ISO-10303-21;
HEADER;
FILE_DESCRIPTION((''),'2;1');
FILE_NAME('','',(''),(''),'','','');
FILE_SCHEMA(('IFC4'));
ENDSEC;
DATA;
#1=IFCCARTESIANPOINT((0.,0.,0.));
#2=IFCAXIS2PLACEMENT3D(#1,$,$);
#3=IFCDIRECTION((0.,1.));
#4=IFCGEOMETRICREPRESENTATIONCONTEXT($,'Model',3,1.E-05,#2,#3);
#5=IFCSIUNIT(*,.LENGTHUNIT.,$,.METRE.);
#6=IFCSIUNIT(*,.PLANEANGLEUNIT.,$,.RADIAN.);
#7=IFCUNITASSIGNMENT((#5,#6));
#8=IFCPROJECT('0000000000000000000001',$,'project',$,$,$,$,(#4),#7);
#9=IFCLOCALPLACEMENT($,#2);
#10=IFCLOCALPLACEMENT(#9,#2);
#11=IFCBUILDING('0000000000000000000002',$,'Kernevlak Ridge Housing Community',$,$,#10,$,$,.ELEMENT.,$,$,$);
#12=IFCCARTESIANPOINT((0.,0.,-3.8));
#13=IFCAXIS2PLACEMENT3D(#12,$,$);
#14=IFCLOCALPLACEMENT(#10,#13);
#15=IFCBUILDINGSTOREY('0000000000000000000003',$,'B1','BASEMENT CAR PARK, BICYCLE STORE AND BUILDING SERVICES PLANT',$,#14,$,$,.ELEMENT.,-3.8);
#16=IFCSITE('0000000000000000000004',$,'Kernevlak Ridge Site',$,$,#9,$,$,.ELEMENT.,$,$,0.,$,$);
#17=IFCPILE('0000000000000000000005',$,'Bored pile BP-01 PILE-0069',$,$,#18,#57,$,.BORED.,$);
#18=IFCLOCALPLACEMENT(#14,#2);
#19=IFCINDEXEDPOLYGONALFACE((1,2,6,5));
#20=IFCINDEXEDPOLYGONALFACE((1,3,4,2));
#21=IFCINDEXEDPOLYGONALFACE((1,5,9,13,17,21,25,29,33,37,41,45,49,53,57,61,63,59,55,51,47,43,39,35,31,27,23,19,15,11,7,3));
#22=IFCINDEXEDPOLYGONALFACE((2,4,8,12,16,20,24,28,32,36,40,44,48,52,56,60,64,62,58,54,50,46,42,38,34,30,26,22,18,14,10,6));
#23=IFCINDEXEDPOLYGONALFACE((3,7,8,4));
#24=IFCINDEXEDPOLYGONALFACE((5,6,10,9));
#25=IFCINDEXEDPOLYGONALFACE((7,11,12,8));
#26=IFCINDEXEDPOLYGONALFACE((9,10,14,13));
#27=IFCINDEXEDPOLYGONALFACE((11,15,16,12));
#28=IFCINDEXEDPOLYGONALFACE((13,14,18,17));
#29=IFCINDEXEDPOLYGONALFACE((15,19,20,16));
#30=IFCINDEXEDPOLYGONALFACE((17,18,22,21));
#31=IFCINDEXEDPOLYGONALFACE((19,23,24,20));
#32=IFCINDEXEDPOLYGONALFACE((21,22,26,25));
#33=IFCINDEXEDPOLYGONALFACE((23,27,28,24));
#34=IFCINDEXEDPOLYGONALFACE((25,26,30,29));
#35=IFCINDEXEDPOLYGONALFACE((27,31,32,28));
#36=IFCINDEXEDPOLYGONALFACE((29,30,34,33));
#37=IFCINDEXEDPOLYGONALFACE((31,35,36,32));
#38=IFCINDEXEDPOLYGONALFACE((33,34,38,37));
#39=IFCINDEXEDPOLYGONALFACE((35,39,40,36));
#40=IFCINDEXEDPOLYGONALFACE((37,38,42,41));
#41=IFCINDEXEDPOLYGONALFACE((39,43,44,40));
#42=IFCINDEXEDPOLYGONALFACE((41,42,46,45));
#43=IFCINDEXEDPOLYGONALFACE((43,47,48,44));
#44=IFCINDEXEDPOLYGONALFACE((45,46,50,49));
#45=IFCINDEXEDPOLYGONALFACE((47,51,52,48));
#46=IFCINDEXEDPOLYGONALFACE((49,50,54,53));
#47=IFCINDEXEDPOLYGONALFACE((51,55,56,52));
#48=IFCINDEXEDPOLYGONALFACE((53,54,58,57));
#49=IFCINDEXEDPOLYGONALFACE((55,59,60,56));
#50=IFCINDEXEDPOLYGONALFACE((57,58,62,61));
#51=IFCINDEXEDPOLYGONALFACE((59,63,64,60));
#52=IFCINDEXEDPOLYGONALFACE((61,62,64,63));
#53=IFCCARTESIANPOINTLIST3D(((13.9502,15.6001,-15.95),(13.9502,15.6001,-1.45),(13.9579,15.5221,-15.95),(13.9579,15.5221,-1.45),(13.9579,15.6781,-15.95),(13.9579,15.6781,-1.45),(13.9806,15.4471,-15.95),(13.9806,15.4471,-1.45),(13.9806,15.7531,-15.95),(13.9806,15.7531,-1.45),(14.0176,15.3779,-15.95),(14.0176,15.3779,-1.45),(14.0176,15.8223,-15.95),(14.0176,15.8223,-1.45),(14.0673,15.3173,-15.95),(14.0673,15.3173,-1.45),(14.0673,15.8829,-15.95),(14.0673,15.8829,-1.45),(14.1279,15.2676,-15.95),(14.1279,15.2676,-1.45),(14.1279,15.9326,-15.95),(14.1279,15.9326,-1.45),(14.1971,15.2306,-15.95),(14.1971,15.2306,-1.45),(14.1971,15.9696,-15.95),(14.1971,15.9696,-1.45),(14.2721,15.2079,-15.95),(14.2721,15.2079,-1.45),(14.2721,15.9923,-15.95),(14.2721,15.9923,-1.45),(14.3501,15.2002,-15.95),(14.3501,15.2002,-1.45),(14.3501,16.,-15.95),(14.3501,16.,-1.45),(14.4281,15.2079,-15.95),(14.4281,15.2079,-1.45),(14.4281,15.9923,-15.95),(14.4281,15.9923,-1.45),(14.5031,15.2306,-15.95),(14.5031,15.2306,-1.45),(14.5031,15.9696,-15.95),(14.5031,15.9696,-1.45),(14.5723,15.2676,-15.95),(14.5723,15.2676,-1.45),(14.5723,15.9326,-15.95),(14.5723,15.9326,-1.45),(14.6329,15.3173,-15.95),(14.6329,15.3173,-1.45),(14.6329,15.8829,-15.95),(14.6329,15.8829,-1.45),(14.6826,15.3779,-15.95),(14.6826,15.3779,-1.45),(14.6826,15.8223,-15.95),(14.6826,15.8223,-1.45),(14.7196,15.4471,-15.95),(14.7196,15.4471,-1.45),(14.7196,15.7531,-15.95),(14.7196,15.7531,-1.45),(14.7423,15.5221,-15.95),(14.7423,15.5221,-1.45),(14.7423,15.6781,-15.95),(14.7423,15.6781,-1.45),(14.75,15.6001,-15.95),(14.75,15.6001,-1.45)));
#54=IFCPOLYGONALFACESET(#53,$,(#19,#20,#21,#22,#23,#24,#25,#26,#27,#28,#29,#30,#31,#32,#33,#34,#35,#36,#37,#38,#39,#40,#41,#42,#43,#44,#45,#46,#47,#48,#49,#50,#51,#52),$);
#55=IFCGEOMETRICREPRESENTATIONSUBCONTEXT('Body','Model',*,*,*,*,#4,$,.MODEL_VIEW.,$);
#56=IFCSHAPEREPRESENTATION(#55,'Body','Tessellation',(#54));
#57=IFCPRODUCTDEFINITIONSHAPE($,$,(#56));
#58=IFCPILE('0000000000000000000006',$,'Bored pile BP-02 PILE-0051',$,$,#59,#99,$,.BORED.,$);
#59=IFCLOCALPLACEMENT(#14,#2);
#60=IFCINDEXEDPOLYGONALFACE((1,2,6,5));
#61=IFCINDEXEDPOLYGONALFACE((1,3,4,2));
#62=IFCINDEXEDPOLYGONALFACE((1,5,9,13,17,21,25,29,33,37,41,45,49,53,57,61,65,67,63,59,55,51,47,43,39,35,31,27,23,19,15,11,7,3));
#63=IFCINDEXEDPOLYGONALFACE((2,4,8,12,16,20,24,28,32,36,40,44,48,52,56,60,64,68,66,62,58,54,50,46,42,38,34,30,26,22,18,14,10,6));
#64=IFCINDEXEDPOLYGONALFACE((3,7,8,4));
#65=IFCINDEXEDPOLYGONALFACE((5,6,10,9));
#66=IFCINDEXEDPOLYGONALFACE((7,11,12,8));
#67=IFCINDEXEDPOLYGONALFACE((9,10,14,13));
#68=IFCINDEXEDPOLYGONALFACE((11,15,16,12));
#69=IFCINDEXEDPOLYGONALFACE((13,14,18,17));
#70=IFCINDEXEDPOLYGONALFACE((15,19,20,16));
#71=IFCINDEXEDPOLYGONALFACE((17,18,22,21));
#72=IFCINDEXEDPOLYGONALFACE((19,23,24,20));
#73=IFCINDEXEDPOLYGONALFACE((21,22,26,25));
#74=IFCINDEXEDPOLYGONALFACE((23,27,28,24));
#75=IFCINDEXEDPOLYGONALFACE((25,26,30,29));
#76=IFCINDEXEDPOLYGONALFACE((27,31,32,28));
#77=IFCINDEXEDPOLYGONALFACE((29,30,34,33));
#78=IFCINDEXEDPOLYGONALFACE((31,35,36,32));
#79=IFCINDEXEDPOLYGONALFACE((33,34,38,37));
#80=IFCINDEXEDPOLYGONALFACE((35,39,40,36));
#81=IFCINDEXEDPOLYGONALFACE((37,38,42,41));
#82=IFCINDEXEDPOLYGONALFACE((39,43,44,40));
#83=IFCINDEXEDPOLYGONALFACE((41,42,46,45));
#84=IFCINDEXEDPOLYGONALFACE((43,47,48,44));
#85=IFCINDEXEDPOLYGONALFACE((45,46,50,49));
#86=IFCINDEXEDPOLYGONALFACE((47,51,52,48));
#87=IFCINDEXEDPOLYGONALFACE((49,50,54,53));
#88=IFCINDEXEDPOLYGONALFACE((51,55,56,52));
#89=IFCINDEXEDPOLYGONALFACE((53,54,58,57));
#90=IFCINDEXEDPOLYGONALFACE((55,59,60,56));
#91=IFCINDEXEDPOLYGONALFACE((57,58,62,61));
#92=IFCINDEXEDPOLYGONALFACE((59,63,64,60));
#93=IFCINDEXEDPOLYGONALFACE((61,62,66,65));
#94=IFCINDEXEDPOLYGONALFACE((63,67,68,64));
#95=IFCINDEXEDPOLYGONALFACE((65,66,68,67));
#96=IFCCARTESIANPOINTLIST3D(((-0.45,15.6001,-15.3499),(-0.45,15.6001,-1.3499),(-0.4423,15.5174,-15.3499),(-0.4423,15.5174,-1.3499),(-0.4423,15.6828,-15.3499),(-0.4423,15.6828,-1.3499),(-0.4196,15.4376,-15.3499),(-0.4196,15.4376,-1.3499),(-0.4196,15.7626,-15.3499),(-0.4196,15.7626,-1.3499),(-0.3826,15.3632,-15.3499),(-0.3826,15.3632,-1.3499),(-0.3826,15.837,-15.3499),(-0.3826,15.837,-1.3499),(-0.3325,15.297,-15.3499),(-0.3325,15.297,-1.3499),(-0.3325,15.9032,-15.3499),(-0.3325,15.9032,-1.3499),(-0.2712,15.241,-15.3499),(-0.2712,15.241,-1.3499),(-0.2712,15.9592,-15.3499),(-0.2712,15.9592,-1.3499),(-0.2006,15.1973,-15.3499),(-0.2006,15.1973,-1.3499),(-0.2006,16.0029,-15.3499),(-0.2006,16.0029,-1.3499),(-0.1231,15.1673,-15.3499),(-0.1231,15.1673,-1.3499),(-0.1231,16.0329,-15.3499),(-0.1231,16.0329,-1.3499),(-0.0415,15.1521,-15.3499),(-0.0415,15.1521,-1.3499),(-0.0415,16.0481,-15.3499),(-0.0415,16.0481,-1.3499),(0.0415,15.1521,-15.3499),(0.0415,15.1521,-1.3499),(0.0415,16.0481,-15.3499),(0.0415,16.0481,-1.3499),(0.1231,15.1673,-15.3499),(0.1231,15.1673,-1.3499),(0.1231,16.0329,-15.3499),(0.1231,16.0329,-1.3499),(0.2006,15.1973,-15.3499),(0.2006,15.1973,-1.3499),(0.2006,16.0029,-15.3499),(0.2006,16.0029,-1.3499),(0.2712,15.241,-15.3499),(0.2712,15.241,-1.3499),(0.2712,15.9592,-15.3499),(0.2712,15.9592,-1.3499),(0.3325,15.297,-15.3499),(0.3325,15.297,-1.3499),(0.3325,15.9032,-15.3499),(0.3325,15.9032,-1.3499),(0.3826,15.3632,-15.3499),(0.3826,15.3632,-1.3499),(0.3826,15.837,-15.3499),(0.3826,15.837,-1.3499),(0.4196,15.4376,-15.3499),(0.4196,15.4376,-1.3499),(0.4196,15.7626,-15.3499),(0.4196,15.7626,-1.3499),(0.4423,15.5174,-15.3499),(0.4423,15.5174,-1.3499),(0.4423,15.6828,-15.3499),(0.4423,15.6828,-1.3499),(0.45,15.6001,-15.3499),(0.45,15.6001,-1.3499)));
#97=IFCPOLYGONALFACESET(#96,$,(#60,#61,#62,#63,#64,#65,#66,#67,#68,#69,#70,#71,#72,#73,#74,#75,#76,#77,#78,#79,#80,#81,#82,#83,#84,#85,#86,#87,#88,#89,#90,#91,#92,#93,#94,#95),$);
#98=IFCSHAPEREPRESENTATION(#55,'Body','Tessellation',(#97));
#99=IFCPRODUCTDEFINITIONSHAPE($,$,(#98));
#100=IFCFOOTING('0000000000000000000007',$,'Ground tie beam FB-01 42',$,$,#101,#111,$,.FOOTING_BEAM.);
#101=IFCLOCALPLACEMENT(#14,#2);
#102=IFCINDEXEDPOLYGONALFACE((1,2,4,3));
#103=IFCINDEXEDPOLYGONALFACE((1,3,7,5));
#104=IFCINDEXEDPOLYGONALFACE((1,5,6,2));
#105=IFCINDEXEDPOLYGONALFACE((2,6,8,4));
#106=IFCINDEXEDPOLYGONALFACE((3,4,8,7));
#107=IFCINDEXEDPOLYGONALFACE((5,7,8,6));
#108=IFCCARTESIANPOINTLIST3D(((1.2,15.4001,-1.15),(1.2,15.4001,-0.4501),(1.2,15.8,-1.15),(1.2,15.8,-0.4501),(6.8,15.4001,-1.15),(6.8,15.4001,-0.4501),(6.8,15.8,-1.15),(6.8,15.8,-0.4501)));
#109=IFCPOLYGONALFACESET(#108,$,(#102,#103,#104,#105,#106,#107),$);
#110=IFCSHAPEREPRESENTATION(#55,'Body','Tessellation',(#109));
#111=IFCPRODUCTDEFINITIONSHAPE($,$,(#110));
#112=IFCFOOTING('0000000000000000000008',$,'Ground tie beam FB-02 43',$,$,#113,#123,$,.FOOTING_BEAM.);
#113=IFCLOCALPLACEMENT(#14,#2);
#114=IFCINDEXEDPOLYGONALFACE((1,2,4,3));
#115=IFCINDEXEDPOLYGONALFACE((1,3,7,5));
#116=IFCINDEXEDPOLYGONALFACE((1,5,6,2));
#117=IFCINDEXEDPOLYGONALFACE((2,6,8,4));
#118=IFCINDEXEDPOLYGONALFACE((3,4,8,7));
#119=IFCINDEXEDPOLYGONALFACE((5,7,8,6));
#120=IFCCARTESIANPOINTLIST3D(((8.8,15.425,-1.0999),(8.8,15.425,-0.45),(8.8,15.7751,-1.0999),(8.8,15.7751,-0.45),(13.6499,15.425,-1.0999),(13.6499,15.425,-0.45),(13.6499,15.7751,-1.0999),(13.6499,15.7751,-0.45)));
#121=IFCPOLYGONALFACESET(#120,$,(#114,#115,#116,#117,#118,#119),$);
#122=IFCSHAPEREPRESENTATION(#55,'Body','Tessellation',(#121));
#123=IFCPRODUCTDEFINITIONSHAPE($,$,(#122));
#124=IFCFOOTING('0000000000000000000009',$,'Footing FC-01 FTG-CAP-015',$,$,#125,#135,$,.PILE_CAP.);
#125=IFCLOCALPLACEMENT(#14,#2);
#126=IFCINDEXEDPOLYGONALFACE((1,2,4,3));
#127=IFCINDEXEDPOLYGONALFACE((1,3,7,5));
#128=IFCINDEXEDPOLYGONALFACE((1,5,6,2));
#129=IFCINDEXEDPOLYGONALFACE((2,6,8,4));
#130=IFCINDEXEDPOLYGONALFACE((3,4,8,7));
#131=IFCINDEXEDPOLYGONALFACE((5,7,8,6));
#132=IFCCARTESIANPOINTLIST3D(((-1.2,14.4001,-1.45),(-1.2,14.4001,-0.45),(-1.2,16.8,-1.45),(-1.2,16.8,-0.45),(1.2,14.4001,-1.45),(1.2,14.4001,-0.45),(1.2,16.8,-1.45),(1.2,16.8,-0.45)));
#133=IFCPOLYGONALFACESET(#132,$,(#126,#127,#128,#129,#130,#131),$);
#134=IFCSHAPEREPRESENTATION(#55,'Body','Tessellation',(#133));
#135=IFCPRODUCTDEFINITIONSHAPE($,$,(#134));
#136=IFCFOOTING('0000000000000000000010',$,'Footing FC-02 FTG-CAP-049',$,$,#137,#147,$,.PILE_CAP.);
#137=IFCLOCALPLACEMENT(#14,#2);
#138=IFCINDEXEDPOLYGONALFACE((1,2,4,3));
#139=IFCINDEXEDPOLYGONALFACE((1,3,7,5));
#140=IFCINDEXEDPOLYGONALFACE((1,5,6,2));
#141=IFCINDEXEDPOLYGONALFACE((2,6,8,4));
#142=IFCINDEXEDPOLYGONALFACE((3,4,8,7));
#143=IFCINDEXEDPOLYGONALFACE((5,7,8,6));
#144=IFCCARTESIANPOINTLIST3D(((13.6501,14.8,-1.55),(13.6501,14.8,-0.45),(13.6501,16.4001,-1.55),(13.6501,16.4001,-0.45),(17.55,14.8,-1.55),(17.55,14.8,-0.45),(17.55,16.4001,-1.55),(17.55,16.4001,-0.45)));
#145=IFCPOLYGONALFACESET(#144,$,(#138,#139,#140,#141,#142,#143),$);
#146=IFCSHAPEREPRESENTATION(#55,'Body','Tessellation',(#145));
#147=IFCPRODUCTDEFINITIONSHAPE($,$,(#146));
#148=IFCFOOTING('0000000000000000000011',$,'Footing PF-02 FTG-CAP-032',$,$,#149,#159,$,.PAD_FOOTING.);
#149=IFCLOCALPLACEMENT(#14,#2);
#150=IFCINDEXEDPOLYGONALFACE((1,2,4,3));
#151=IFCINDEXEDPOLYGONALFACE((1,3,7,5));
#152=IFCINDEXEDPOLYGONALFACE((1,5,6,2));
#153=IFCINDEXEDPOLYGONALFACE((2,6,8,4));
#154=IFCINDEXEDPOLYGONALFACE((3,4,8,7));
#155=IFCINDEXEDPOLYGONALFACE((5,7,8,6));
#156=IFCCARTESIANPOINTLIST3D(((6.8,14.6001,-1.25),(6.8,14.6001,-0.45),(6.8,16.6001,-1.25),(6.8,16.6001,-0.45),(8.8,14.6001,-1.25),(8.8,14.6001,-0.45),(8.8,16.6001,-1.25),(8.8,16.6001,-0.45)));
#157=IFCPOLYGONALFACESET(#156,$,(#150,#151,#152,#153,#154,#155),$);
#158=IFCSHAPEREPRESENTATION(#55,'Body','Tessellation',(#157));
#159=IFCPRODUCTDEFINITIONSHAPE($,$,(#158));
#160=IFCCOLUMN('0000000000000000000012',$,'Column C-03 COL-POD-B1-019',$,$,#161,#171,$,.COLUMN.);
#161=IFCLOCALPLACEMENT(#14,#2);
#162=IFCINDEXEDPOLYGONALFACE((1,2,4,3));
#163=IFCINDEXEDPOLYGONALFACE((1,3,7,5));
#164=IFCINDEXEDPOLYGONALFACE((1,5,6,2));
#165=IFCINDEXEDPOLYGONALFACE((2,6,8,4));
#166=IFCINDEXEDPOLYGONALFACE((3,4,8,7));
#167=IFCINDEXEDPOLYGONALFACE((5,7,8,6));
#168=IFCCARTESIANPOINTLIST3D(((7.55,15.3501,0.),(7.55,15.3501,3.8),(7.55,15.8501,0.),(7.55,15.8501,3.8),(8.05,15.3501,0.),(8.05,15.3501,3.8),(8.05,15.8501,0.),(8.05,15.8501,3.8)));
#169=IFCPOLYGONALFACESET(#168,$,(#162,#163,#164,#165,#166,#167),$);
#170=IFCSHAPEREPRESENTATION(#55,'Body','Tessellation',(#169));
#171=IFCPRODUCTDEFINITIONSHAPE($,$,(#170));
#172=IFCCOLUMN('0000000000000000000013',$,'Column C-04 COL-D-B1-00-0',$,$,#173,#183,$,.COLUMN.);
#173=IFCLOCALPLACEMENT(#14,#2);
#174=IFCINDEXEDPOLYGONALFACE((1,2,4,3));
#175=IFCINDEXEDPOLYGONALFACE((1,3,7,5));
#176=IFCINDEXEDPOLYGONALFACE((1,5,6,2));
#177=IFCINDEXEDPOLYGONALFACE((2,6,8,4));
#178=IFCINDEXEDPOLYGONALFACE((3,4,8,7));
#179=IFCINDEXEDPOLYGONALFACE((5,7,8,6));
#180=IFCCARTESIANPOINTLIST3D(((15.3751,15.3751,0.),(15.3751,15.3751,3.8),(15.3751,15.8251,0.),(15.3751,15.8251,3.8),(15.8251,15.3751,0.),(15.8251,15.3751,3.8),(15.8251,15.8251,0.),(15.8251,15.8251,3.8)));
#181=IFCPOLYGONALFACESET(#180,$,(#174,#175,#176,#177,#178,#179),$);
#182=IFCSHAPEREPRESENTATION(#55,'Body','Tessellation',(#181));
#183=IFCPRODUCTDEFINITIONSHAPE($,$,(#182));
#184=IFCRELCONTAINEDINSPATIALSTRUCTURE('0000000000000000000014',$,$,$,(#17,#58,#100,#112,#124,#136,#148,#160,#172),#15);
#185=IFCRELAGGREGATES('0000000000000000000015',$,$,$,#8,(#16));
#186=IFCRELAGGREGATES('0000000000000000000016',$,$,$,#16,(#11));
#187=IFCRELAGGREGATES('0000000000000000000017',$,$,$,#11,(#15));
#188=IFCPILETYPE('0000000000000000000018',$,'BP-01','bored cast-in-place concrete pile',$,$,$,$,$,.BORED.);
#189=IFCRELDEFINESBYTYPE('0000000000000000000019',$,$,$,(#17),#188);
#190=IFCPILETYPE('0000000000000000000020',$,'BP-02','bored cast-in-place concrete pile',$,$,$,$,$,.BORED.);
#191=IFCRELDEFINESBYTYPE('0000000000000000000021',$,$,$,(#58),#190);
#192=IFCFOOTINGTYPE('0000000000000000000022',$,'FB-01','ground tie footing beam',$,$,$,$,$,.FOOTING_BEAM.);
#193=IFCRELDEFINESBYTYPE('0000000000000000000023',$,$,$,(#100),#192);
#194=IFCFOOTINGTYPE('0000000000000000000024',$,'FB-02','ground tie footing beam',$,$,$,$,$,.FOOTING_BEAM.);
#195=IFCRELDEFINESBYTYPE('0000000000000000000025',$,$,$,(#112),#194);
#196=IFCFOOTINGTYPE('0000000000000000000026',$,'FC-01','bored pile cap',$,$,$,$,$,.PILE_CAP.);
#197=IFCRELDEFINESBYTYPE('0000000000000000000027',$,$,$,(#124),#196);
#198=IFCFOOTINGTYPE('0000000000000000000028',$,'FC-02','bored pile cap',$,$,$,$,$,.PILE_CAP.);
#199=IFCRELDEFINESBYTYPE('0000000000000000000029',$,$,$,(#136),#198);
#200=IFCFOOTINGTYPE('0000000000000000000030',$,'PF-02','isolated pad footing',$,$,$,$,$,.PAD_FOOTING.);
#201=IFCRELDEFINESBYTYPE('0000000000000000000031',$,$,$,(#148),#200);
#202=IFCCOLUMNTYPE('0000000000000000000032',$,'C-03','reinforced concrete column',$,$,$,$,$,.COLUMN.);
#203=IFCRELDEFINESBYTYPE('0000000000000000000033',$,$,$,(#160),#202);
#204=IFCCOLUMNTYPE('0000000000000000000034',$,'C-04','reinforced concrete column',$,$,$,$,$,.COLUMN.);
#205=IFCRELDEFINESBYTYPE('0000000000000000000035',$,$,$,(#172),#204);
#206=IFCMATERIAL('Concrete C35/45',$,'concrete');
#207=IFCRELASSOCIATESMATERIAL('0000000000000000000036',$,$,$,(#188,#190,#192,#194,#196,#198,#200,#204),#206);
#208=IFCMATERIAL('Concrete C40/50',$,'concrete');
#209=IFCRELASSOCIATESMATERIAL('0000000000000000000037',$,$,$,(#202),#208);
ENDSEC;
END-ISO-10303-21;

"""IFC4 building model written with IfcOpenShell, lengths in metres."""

from ifc_helpers import new_model, si_unit, direction, frame, origin, origin_2d, place, context, subcontext, project, spatial, rectangle, circle, extrude, material, material_profile, profile_set, type_object, element, save


model = new_model("IFC4")

# Units and contexts
model_context = context("Model", 3, precision=1e-05, world=origin(), true_north=direction((0.0, 1.0)))
body_context = subcontext(model_context, "Body", "Model", "MODEL_VIEW")
ifc_project = project(units=[si_unit("LENGTHUNIT", "METRE"), si_unit("PLANEANGLEUNIT", "RADIAN")], contexts=[model_context])

# Site, building, storey
site_placement = place(None, origin())
site = spatial("IfcSite", under=ifc_project, at=site_placement, Name="Kernevlak Ridge Site", CompositionType="ELEMENT", RefElevation=0.0)
building_placement = place(site_placement, origin())
building = spatial("IfcBuilding", under=site, at=building_placement, Name="Kernevlak Ridge Housing Community", CompositionType="ELEMENT")
storey_placement = place(building_placement, frame((0.0, 0.0, -3.8)))
storey = spatial("IfcBuildingStorey", under=building, at=storey_placement, Name="B1", Description="BASEMENT CAR PARK, BICYCLE STORE AND BUILDING SERVICES PLANT", CompositionType="ELEMENT", Elevation=-3.8)

# Piles
ifc_material_1 = material(Name="Concrete C35/45", Category="concrete")
ifc_material_profile_1 = material_profile(ifc_material_1, circle(Radius=0.3999, at=origin_2d()), Name="BORED PILE 800")
ifc_profile_set_1 = profile_set([ifc_material_profile_1], Name="Concrete C35/45")
pile_type_1 = type_object("IfcPileType", Name="BP-01", Description="bored cast-in-place concrete pile", PredefinedType="BORED", material=ifc_profile_set_1)
pile_1_placement = place(storey_placement, frame((14.3501, 15.6001, -1.45), z_axis=(0.0, 0.0, -1.0), x_axis=(1.0, 0.0, 0.0)))
element("IfcPile", 1, at=pile_1_placement, inside=storey, type_object=pile_type_1, Name="Bored pile BP-01 PILE-0069", PredefinedType="BORED", context=body_context, shape_type="SweptSolid", body=[
    extrude(circle(Radius=0.3999, at=origin_2d()), origin(), (0.0, 0.0, 1.0), 14.5),
])
ifc_material_profile_2 = material_profile(ifc_material_1, circle(Radius=0.45, at=origin_2d()), Name="BORED PILE 900")
ifc_profile_set_2 = profile_set([ifc_material_profile_2], Name="Concrete C35/45")
pile_type_2 = type_object("IfcPileType", Name="BP-02", Description="bored cast-in-place concrete pile", PredefinedType="BORED", material=ifc_profile_set_2)
pile_2_placement = place(storey_placement, frame((0.0, 15.6001, -1.3499), z_axis=(0.0, 0.0, -1.0), x_axis=(1.0, 0.0, 0.0)))
element("IfcPile", 2, at=pile_2_placement, inside=storey, type_object=pile_type_2, Name="Bored pile BP-02 PILE-0051", PredefinedType="BORED", context=body_context, shape_type="SweptSolid", body=[
    extrude(circle(Radius=0.45, at=origin_2d()), origin(), (0.0, 0.0, 1.0), 14.0),
])

# Footings
ifc_material_profile_3 = material_profile(ifc_material_1, rectangle(XDim=0.3999, YDim=0.7, at=origin_2d()), Name="RC 400x700")
ifc_profile_set_3 = profile_set([ifc_material_profile_3], Name="Concrete C35/45")
footing_type_1 = type_object("IfcFootingType", Name="FB-01", Description="ground tie footing beam", PredefinedType="FOOTING_BEAM", material=ifc_profile_set_3)
footing_1_placement = place(storey_placement, frame((1.2, 15.6001, -0.8), z_axis=(1.0, 0.0, 0.0), x_axis=(0.0, 1.0, 0.0)))
element("IfcFooting", 3, at=footing_1_placement, inside=storey, type_object=footing_type_1, Name="Ground tie beam FB-01 42", PredefinedType="FOOTING_BEAM", context=body_context, shape_type="SweptSolid", body=[
    extrude(rectangle(XDim=0.3999, YDim=0.7, at=origin_2d()), origin(), (0.0, 0.0, 1.0), 5.6001),
])
ifc_material_profile_4 = material_profile(ifc_material_1, rectangle(XDim=0.3501, YDim=0.6499, at=origin_2d()), Name="RC 350x650")
ifc_profile_set_4 = profile_set([ifc_material_profile_4], Name="Concrete C35/45")
footing_type_2 = type_object("IfcFootingType", Name="FB-02", Description="ground tie footing beam", PredefinedType="FOOTING_BEAM", material=ifc_profile_set_4)
footing_2_placement = place(storey_placement, frame((8.8, 15.6001, -0.7749), z_axis=(1.0, 0.0, 0.0), x_axis=(0.0, 1.0, 0.0)))
element("IfcFooting", 4, at=footing_2_placement, inside=storey, type_object=footing_type_2, Name="Ground tie beam FB-02 43", PredefinedType="FOOTING_BEAM", context=body_context, shape_type="SweptSolid", body=[
    extrude(rectangle(XDim=0.3501, YDim=0.6499, at=origin_2d()), origin(), (0.0, 0.0, 1.0), 4.8499),
])
footing_type_3 = type_object("IfcFootingType", Name="FC-01", Description="bored pile cap", PredefinedType="PILE_CAP", material=ifc_material_1)
footing_3_placement = place(storey_placement, frame((0.0, 15.6001, -1.45), z_axis=(0.0, 0.0, 1.0), x_axis=(1.0, 0.0, 0.0)))
element("IfcFooting", 5, at=footing_3_placement, inside=storey, type_object=footing_type_3, Name="Footing FC-01 FTG-CAP-015", PredefinedType="PILE_CAP", context=body_context, shape_type="SweptSolid", body=[
    extrude(rectangle(XDim=2.3999, YDim=2.3999, at=origin_2d()), origin(), (0.0, 0.0, 1.0), 1.0),
])
footing_type_4 = type_object("IfcFootingType", Name="FC-02", Description="bored pile cap", PredefinedType="PILE_CAP", material=ifc_material_1)
footing_4_placement = place(storey_placement, frame((15.6001, 15.6001, -1.55), z_axis=(0.0, 0.0, 1.0), x_axis=(1.0, 0.0, 0.0)))
element("IfcFooting", 6, at=footing_4_placement, inside=storey, type_object=footing_type_4, Name="Footing FC-02 FTG-CAP-049", PredefinedType="PILE_CAP", context=body_context, shape_type="SweptSolid", body=[
    extrude(rectangle(XDim=3.8999, YDim=1.6001, at=origin_2d()), origin(), (0.0, 0.0, 1.0), 1.1001),
])
footing_type_5 = type_object("IfcFootingType", Name="PF-02", Description="isolated pad footing", PredefinedType="PAD_FOOTING", material=ifc_material_1)
footing_5_placement = place(storey_placement, frame((7.8, 15.6001, -1.25), z_axis=(0.0, 0.0, 1.0), x_axis=(1.0, 0.0, 0.0)))
element("IfcFooting", 7, at=footing_5_placement, inside=storey, type_object=footing_type_5, Name="Footing PF-02 FTG-CAP-032", PredefinedType="PAD_FOOTING", context=body_context, shape_type="SweptSolid", body=[
    extrude(rectangle(XDim=2.0, YDim=2.0, at=origin_2d()), origin(), (0.0, 0.0, 1.0), 0.8),
])

# Columns
ifc_material_2 = material(Name="Concrete C40/50", Category="concrete")
ifc_material_profile_5 = material_profile(ifc_material_2, rectangle(XDim=0.5, YDim=0.5, at=origin_2d()), Name="RC 500x500")
ifc_profile_set_5 = profile_set([ifc_material_profile_5], Name="Concrete C40/50")
column_type_1 = type_object("IfcColumnType", Name="C-03", Description="reinforced concrete column", PredefinedType="COLUMN", material=ifc_profile_set_5)
column_1_placement = place(storey_placement, frame((7.8, 15.6001, 0.0), z_axis=(0.0, 0.0, 1.0), x_axis=(1.0, 0.0, 0.0)))
element("IfcColumn", 8, at=column_1_placement, inside=storey, type_object=column_type_1, Name="Column C-03 COL-POD-B1-019", PredefinedType="COLUMN", context=body_context, shape_type="SweptSolid", body=[
    extrude(rectangle(XDim=0.5, YDim=0.5, at=origin_2d()), origin(), (0.0, 0.0, 1.0), 3.8),
])
ifc_material_profile_6 = material_profile(ifc_material_1, rectangle(XDim=0.45, YDim=0.45, at=origin_2d()), Name="RC 450x450")
ifc_profile_set_6 = profile_set([ifc_material_profile_6], Name="Concrete C35/45")
column_type_2 = type_object("IfcColumnType", Name="C-04", Description="reinforced concrete column", PredefinedType="COLUMN", material=ifc_profile_set_6)
column_2_placement = place(storey_placement, frame((15.6001, 15.6001, 0.0), z_axis=(0.0, 0.0, 1.0), x_axis=(1.0, 0.0, 0.0)))
element("IfcColumn", 9, at=column_2_placement, inside=storey, type_object=column_type_2, Name="Column C-04 COL-D-B1-00-0", PredefinedType="COLUMN", context=body_context, shape_type="SweptSolid", body=[
    extrude(rectangle(XDim=0.45, YDim=0.45, at=origin_2d()), origin(), (0.0, 0.0, 1.0), 3.8),
])

save(model, "model.ifc")
